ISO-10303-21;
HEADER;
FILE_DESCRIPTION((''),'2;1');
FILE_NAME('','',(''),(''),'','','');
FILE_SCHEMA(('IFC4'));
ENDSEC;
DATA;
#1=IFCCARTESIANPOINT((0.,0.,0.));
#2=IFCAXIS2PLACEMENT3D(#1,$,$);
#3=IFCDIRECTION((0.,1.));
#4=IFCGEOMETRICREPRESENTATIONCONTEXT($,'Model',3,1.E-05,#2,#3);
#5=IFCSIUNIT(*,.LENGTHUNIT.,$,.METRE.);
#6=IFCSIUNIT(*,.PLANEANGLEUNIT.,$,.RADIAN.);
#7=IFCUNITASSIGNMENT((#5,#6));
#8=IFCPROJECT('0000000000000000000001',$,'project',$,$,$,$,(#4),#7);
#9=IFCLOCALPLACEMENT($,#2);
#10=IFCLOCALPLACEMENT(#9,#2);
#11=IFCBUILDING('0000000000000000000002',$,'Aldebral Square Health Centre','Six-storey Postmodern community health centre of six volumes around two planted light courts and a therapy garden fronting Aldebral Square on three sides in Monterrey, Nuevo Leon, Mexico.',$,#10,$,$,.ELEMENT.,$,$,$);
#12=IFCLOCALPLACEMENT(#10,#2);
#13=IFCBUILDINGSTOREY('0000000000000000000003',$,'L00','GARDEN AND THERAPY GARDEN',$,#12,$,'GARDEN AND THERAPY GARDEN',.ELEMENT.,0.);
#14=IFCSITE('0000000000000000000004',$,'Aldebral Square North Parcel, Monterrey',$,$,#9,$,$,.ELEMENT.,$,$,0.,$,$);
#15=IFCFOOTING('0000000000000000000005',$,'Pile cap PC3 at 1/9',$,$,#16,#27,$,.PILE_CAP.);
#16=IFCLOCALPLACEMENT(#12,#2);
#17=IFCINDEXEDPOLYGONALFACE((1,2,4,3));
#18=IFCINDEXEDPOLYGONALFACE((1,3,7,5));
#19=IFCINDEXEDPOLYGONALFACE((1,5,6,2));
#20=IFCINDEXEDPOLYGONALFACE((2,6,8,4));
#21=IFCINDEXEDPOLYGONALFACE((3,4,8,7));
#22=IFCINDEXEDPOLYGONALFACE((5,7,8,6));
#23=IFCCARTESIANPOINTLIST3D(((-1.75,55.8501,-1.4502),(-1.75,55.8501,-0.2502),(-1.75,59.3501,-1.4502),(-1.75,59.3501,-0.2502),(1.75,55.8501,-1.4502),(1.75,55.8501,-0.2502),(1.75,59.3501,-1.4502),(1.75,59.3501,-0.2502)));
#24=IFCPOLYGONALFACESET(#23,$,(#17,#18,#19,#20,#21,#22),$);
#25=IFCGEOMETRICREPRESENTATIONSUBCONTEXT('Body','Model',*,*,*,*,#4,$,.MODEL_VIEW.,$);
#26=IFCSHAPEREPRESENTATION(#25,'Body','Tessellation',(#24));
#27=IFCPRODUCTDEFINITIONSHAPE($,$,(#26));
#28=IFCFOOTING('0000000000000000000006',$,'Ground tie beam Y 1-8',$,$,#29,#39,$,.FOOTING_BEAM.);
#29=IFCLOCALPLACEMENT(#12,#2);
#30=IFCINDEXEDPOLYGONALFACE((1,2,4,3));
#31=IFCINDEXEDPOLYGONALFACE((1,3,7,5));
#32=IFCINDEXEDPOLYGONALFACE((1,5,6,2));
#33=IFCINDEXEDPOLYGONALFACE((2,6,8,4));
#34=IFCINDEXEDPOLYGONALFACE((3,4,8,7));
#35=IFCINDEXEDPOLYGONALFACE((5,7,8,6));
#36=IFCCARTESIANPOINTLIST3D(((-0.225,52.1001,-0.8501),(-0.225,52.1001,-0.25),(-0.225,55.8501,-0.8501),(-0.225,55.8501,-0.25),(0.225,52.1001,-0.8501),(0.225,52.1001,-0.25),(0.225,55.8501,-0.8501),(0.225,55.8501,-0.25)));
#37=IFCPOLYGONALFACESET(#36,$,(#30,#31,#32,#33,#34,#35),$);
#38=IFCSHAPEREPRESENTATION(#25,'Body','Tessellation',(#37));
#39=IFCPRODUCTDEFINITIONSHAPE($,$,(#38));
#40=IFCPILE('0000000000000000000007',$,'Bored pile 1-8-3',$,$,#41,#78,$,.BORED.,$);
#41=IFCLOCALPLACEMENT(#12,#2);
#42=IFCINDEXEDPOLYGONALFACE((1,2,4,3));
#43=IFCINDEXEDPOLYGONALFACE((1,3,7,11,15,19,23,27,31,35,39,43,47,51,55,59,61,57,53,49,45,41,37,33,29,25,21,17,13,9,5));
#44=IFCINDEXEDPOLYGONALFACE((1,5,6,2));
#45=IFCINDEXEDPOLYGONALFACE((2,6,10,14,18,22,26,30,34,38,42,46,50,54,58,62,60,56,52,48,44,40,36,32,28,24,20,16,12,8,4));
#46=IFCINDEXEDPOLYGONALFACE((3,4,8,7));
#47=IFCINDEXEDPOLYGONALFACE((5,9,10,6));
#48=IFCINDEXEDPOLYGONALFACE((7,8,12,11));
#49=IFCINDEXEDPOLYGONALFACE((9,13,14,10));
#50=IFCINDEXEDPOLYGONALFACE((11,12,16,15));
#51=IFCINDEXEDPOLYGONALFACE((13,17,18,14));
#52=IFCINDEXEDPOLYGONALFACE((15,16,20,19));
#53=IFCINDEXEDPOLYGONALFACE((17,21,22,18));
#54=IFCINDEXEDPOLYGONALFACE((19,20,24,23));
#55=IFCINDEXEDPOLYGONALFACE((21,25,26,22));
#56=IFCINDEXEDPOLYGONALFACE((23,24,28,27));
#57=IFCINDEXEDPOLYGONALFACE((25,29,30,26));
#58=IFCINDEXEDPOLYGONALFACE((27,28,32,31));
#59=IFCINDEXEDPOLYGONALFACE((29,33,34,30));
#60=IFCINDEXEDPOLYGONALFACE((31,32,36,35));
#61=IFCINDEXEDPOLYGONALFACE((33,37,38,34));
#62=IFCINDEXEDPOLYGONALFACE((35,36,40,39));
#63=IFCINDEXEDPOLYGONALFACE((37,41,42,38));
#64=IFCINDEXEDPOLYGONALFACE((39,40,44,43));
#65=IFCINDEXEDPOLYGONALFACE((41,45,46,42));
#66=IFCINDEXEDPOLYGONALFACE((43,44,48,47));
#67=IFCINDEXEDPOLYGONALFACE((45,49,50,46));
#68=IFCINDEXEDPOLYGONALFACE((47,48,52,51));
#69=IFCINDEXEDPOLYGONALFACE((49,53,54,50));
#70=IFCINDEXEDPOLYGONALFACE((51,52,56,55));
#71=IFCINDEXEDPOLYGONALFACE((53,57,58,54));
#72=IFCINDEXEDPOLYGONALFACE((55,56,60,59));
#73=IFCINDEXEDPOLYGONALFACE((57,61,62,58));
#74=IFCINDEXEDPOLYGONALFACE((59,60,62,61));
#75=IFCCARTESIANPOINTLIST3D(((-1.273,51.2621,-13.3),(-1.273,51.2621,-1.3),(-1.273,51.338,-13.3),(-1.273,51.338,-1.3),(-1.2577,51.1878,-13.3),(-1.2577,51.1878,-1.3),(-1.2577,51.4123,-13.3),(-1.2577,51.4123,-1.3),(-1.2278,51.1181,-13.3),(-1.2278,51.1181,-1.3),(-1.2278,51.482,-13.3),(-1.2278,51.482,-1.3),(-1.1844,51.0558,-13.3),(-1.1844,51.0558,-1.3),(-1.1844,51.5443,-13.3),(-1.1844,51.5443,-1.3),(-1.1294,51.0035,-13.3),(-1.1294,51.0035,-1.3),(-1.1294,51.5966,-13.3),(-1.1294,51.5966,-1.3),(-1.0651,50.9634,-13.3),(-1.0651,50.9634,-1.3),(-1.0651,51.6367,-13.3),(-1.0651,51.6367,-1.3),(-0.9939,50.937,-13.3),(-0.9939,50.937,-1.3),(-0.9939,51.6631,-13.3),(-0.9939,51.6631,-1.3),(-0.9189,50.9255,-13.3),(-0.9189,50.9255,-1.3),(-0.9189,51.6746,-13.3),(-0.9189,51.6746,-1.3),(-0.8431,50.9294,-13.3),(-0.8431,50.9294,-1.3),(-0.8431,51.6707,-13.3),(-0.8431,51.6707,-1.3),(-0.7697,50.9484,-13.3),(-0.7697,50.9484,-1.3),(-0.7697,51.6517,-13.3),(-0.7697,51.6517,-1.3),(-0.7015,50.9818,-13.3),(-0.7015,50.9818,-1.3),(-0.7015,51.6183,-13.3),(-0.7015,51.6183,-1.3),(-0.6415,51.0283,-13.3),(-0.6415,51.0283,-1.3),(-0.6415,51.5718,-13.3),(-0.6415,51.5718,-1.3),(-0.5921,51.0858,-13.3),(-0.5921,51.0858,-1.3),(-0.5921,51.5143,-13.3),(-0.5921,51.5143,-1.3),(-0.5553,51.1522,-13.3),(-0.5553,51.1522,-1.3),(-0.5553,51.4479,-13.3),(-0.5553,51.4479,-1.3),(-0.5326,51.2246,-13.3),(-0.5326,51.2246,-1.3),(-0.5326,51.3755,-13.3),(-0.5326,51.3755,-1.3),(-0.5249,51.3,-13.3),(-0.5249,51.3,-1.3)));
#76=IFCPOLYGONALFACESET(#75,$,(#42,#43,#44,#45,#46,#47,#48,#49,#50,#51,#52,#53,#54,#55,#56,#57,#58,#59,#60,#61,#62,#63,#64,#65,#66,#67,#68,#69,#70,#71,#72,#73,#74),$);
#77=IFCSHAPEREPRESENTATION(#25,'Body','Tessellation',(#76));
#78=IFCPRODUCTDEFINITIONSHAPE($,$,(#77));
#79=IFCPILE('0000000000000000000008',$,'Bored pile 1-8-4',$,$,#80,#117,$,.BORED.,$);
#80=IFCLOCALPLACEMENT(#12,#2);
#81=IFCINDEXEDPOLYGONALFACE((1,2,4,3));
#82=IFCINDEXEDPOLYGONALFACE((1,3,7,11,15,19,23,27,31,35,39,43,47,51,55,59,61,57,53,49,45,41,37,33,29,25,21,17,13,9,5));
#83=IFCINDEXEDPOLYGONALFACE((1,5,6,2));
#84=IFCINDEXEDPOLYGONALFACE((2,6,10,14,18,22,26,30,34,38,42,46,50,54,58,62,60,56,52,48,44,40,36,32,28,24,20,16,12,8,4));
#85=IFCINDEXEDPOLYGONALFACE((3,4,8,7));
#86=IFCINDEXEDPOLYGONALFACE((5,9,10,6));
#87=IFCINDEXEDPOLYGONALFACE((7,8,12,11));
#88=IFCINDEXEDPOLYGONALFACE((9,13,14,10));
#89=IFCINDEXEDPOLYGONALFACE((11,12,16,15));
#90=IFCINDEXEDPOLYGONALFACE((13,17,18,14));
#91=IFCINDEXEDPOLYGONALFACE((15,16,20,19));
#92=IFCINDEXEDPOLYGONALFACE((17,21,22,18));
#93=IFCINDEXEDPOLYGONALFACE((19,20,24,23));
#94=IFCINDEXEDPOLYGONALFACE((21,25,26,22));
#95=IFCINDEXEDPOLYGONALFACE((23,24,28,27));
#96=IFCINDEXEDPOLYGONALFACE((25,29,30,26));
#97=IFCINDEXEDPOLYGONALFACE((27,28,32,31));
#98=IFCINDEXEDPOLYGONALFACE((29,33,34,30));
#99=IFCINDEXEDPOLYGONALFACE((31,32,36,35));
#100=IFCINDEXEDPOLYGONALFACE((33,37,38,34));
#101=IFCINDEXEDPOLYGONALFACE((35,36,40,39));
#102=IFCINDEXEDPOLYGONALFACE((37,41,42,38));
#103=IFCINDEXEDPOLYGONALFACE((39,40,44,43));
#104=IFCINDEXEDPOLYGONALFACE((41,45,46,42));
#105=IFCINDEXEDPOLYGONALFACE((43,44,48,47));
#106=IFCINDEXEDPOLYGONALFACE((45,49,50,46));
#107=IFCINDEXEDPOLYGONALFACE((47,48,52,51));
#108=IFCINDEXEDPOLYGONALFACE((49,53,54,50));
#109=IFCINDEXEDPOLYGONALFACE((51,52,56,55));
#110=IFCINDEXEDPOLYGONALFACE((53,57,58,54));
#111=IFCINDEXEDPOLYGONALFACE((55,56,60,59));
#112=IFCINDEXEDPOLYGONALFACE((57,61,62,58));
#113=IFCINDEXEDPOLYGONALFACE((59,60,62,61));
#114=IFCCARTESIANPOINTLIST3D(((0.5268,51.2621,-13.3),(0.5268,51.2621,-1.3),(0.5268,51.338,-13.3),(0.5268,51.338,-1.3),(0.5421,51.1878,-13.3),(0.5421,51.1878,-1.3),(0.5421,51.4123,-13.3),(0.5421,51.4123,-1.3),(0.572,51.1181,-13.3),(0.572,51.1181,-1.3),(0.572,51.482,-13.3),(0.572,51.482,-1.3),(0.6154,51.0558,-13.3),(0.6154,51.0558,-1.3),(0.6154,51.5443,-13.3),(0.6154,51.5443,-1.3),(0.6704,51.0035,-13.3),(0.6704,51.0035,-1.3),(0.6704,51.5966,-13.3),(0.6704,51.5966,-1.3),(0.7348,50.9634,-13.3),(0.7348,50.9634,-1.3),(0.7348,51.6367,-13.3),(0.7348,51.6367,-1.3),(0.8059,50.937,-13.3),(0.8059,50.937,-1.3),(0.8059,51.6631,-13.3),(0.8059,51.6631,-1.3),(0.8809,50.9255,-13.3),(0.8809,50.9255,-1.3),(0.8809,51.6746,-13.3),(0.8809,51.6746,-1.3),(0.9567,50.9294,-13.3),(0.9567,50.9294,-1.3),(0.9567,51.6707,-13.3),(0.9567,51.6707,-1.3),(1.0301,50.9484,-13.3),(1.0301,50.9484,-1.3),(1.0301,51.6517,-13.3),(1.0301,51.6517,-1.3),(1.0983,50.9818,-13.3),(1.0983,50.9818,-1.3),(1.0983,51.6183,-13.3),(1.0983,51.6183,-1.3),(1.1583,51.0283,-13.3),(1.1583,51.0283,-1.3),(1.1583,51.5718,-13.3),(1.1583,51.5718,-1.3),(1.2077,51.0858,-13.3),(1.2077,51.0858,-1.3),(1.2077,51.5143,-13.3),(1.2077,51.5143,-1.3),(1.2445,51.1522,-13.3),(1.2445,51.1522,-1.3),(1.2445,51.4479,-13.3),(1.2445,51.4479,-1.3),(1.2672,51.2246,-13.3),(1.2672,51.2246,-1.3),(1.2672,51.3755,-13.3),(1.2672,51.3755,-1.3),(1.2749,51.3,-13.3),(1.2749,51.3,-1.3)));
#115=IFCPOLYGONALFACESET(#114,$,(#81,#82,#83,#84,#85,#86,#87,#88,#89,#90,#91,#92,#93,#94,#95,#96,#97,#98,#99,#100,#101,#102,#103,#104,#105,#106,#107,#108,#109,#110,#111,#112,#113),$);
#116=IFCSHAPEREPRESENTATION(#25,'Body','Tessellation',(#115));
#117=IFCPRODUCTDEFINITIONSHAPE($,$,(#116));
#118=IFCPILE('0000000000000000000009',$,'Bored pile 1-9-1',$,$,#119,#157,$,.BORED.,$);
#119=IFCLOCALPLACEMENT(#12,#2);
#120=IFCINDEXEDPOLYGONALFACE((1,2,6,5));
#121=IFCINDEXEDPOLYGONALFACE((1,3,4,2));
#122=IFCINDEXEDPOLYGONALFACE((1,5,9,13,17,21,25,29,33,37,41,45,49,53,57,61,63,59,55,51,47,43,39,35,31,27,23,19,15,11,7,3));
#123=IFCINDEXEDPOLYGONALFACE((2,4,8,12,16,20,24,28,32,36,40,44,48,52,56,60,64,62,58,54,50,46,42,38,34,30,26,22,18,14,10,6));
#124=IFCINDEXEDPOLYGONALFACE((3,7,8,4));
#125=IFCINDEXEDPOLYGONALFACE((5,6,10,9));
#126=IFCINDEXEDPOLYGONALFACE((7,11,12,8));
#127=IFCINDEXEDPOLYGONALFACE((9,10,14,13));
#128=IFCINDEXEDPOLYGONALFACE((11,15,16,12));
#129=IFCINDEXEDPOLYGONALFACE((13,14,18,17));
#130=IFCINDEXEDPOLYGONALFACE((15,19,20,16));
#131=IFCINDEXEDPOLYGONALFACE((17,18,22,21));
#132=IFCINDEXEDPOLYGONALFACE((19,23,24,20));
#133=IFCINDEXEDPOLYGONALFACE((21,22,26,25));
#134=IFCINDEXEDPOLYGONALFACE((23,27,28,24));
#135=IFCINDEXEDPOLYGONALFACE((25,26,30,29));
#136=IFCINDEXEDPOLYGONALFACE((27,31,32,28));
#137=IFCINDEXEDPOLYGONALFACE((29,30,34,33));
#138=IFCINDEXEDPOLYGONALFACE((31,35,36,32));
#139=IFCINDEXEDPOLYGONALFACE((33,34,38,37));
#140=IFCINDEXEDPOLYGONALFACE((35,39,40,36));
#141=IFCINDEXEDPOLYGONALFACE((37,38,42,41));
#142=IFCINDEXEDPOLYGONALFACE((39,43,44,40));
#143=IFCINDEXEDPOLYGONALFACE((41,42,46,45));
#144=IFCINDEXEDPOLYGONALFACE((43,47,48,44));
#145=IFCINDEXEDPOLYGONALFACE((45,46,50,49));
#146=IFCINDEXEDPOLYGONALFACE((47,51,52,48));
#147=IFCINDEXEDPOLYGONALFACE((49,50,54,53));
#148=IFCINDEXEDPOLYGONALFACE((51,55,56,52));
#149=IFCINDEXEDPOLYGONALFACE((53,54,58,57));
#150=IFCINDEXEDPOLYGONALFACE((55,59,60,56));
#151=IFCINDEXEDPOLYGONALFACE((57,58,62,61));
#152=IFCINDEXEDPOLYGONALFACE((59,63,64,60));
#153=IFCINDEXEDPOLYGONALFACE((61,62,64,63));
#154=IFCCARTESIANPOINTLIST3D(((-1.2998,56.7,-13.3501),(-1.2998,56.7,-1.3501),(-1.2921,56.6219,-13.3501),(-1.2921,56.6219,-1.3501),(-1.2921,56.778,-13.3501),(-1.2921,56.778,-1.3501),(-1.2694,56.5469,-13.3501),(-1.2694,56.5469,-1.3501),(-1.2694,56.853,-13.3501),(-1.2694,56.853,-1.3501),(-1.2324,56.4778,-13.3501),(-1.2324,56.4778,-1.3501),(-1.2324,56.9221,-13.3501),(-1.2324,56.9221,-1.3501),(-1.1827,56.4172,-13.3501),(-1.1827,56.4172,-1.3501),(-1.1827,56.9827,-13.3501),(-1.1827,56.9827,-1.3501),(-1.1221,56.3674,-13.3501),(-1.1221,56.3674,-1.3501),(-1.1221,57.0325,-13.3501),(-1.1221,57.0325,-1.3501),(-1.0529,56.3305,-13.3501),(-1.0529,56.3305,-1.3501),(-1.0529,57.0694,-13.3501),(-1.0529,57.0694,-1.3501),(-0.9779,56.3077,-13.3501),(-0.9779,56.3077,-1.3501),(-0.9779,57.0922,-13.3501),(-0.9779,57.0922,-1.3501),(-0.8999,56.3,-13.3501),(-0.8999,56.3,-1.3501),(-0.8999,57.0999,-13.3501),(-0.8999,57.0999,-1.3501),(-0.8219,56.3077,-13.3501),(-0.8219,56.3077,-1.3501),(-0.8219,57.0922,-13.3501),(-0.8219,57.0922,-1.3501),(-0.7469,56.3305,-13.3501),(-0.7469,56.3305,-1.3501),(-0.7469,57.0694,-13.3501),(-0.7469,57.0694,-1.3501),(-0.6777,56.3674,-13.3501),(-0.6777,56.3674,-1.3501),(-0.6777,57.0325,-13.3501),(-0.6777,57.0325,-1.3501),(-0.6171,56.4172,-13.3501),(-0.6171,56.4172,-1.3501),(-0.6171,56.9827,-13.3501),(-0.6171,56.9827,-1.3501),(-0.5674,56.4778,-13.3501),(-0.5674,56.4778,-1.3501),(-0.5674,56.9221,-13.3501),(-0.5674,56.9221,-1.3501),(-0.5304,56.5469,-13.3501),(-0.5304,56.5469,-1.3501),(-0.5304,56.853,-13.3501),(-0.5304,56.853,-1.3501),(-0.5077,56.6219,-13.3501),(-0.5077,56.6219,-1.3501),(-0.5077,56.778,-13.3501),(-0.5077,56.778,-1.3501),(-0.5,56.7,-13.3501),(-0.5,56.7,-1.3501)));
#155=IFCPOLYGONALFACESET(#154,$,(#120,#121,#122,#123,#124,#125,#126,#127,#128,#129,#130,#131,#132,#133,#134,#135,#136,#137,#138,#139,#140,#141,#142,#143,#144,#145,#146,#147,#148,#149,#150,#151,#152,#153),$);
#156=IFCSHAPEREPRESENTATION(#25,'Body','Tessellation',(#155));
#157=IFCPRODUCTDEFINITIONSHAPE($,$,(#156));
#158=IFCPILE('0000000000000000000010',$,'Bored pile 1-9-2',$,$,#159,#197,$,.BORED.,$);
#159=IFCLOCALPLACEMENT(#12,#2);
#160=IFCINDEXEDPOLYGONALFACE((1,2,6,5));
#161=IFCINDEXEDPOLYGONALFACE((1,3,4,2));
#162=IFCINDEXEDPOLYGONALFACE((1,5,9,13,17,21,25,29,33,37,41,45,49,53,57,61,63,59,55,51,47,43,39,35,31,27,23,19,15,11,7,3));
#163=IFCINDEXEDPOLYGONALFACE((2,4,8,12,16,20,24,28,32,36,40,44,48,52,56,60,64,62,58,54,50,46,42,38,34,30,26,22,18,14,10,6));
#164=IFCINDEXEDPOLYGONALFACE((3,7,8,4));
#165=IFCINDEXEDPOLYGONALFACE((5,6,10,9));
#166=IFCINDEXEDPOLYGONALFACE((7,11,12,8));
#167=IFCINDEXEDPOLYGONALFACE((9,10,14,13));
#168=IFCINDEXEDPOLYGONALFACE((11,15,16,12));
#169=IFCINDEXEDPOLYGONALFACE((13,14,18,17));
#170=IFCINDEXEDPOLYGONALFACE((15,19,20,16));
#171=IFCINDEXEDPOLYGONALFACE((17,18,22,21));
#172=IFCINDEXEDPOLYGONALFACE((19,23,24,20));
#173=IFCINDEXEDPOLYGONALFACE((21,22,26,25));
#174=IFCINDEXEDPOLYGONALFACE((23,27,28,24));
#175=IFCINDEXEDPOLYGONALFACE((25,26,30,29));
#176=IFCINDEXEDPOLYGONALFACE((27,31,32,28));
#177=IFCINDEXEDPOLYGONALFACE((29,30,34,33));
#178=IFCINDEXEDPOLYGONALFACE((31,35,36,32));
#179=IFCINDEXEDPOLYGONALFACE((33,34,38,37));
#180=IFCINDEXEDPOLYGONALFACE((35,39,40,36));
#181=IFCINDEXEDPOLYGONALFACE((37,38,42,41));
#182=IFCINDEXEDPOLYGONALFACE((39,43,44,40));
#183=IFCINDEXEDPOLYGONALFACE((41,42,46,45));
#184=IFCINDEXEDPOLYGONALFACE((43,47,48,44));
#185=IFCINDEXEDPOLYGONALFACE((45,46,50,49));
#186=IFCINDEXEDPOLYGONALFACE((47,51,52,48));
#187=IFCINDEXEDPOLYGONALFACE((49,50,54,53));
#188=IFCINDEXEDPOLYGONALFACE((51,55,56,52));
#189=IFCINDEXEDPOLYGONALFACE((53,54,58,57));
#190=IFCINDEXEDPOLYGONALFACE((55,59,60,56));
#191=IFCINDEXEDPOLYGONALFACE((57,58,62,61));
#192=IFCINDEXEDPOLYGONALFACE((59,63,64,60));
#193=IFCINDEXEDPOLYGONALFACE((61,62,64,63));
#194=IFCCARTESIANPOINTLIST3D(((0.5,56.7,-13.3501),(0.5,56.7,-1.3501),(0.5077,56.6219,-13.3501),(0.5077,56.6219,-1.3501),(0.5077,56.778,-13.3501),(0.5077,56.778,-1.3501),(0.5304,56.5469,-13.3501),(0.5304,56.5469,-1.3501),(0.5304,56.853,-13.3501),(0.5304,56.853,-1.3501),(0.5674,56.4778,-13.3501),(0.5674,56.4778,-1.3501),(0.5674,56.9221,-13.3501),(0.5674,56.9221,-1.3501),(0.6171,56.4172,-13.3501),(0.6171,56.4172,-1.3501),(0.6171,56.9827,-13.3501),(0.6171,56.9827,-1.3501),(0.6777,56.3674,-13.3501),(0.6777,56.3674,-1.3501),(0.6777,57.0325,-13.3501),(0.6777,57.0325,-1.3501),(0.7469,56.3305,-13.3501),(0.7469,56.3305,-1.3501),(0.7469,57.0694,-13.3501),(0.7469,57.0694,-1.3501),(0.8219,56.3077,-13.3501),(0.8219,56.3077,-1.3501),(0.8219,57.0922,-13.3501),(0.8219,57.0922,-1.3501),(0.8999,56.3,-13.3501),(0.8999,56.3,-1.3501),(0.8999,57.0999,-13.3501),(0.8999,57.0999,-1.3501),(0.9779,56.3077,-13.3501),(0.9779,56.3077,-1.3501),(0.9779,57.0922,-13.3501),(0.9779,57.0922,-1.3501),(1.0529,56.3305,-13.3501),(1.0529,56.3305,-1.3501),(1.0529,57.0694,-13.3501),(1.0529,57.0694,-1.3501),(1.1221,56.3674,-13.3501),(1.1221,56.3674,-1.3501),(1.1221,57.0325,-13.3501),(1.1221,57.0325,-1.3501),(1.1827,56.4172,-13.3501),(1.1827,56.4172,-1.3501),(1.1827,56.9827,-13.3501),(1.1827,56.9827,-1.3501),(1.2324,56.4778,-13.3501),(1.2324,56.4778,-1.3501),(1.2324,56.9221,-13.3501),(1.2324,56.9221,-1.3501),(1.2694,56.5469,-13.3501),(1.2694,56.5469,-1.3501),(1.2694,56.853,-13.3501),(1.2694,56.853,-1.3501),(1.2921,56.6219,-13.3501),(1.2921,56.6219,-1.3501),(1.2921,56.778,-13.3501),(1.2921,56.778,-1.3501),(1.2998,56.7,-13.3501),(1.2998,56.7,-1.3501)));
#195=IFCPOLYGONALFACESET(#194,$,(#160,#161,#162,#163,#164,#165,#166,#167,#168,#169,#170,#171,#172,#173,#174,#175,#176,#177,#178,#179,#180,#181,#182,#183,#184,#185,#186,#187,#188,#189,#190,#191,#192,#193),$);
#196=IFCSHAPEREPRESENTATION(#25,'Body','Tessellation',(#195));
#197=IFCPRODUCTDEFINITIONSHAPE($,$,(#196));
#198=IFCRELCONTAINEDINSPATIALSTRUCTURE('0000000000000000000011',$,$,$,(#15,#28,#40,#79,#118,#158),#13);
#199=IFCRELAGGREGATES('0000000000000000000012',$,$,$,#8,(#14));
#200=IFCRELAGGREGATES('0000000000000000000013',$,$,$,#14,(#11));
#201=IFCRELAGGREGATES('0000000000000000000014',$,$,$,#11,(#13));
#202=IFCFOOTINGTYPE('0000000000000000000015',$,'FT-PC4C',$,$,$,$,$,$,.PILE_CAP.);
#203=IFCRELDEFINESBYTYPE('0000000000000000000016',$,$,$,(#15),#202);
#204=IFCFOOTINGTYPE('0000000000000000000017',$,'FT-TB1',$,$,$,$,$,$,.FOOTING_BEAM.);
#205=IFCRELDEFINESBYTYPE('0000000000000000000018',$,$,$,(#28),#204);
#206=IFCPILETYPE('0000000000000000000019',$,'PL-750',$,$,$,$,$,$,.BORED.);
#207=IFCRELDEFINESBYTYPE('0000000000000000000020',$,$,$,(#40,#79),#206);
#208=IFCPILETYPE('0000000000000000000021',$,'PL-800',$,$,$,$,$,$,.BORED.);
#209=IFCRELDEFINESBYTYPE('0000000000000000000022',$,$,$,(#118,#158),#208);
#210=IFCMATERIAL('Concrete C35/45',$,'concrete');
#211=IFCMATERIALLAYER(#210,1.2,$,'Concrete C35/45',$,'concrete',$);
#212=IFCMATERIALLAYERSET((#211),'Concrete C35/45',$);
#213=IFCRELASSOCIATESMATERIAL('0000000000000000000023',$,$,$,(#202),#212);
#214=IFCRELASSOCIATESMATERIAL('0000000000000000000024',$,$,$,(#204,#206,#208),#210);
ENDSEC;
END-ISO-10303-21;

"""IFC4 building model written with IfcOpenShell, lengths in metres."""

from ifc_helpers import new_model, si_unit, direction, frame, origin, origin_2d, place, context, subcontext, project, spatial, rectangle, circle, extrude, material, layer, layer_set, material_profile, profile_set, type_object, element, save


model = new_model("IFC4")

# Units and contexts
model_context = context("Model", 3, precision=1e-05, world=origin(), true_north=direction((0.0, 1.0)))
body_context = subcontext(model_context, "Body", "Model", "MODEL_VIEW")
ifc_project = project(units=[si_unit("LENGTHUNIT", "METRE"), si_unit("PLANEANGLEUNIT", "RADIAN")], contexts=[model_context])

# Site, building, storey
site_placement = place(None, origin())
site = spatial("IfcSite", under=ifc_project, at=site_placement, Name="Aldebral Square North Parcel, Monterrey", CompositionType="ELEMENT", RefElevation=0.0)
building_placement = place(site_placement, origin())
building = spatial("IfcBuilding", under=site, at=building_placement, Name="Aldebral Square Health Centre", Description="Six-storey Postmodern community health centre of six volumes around two planted light courts and a therapy garden fronting Aldebral Square on three sides in Monterrey, Nuevo Leon, Mexico.", CompositionType="ELEMENT")
storey_placement = place(building_placement, origin())
storey = spatial("IfcBuildingStorey", under=building, at=storey_placement, Name="L00", Description="GARDEN AND THERAPY GARDEN", LongName="GARDEN AND THERAPY GARDEN", CompositionType="ELEMENT", Elevation=0.0)

# Footings
ifc_material_1 = material(Name="Concrete C35/45", Category="concrete")
ifc_layer_1 = layer(ifc_material_1, 1.2, Name="Concrete C35/45", Category="concrete")
ifc_layer_set_1 = layer_set([ifc_layer_1], Name="Concrete C35/45")
footing_type_1 = type_object("IfcFootingType", Name="FT-PC4C", PredefinedType="PILE_CAP", material=ifc_layer_set_1)
footing_1_placement = place(storey_placement, frame((0.0, 57.6001, -1.4502), z_axis=(0.0, 0.0, 1.0), x_axis=(1.0, 0.0, 0.0)))
element("IfcFooting", 1, at=footing_1_placement, inside=storey, type_object=footing_type_1, Name="Pile cap PC3 at 1/9", PredefinedType="PILE_CAP", context=body_context, shape_type="SweptSolid", body=[
    extrude(rectangle(XDim=3.5, YDim=3.5, at=origin_2d()), origin(), (0.0, 0.0, 1.0), 1.2),
])
ifc_material_profile_1 = material_profile(ifc_material_1, rectangle(XDim=0.45, YDim=0.6001, at=origin_2d()), Name="RC 450x600")
ifc_profile_set_1 = profile_set([ifc_material_profile_1], Name="Concrete C35/45")
footing_type_2 = type_object("IfcFootingType", Name="FT-TB1", PredefinedType="FOOTING_BEAM", material=ifc_profile_set_1)
footing_2_placement = place(storey_placement, frame((0.0, 52.1001, -0.55), z_axis=(0.0, 1.0, 0.0), x_axis=(-1.0, 0.0, 0.0)))
element("IfcFooting", 2, at=footing_2_placement, inside=storey, type_object=footing_type_2, Name="Ground tie beam Y 1-8", PredefinedType="FOOTING_BEAM", context=body_context, shape_type="SweptSolid", body=[
    extrude(rectangle(XDim=0.45, YDim=0.6001, at=origin_2d()), origin(), (0.0, 0.0, 1.0), 3.75),
])

# Piles
ifc_material_profile_2 = material_profile(ifc_material_1, circle(Radius=0.375, at=origin_2d()), Name="PILE D750")
ifc_profile_set_2 = profile_set([ifc_material_profile_2], Name="Concrete C35/45")
pile_type_1 = type_object("IfcPileType", Name="PL-750", PredefinedType="BORED", material=ifc_profile_set_2)
for number, where, z_axis, x_axis, name in (
    (3, (-0.8999, 51.3, -1.3), (0.0, 0.0, -1.0), (1.0, 0.0, 0.0), "Bored pile 1-8-3"),
    (4, (0.8999, 51.3, -1.3), (0.0, 0.0, -1.0), (1.0, 0.0, 0.0), "Bored pile 1-8-4"),
):
    element("IfcPile", number, at=place(storey_placement, frame(where, z_axis=z_axis, x_axis=x_axis)), inside=storey, type_object=pile_type_1, Name=name, PredefinedType="BORED", context=body_context, shape_type="SweptSolid", body=[
        extrude(circle(Radius=0.375, at=origin_2d()), origin(), (0.0, 0.0, 1.0), 12.0),
    ])
ifc_material_profile_3 = material_profile(ifc_material_1, circle(Radius=0.3999, at=origin_2d()), Name="PILE D800")
ifc_profile_set_3 = profile_set([ifc_material_profile_3], Name="Concrete C35/45")
pile_type_2 = type_object("IfcPileType", Name="PL-800", PredefinedType="BORED", material=ifc_profile_set_3)
for number, where, z_axis, x_axis, name in (
    (5, (-0.8999, 56.7, -1.3501), (0.0, 0.0, -1.0), (1.0, 0.0, 0.0), "Bored pile 1-9-1"),
    (6, (0.8999, 56.7, -1.3501), (0.0, 0.0, -1.0), (1.0, 0.0, 0.0), "Bored pile 1-9-2"),
):
    element("IfcPile", number, at=place(storey_placement, frame(where, z_axis=z_axis, x_axis=x_axis)), inside=storey, type_object=pile_type_2, Name=name, PredefinedType="BORED", context=body_context, shape_type="SweptSolid", body=[
        extrude(circle(Radius=0.3999, at=origin_2d()), origin(), (0.0, 0.0, 1.0), 12.0),
    ])

save(model, "model.ifc")
